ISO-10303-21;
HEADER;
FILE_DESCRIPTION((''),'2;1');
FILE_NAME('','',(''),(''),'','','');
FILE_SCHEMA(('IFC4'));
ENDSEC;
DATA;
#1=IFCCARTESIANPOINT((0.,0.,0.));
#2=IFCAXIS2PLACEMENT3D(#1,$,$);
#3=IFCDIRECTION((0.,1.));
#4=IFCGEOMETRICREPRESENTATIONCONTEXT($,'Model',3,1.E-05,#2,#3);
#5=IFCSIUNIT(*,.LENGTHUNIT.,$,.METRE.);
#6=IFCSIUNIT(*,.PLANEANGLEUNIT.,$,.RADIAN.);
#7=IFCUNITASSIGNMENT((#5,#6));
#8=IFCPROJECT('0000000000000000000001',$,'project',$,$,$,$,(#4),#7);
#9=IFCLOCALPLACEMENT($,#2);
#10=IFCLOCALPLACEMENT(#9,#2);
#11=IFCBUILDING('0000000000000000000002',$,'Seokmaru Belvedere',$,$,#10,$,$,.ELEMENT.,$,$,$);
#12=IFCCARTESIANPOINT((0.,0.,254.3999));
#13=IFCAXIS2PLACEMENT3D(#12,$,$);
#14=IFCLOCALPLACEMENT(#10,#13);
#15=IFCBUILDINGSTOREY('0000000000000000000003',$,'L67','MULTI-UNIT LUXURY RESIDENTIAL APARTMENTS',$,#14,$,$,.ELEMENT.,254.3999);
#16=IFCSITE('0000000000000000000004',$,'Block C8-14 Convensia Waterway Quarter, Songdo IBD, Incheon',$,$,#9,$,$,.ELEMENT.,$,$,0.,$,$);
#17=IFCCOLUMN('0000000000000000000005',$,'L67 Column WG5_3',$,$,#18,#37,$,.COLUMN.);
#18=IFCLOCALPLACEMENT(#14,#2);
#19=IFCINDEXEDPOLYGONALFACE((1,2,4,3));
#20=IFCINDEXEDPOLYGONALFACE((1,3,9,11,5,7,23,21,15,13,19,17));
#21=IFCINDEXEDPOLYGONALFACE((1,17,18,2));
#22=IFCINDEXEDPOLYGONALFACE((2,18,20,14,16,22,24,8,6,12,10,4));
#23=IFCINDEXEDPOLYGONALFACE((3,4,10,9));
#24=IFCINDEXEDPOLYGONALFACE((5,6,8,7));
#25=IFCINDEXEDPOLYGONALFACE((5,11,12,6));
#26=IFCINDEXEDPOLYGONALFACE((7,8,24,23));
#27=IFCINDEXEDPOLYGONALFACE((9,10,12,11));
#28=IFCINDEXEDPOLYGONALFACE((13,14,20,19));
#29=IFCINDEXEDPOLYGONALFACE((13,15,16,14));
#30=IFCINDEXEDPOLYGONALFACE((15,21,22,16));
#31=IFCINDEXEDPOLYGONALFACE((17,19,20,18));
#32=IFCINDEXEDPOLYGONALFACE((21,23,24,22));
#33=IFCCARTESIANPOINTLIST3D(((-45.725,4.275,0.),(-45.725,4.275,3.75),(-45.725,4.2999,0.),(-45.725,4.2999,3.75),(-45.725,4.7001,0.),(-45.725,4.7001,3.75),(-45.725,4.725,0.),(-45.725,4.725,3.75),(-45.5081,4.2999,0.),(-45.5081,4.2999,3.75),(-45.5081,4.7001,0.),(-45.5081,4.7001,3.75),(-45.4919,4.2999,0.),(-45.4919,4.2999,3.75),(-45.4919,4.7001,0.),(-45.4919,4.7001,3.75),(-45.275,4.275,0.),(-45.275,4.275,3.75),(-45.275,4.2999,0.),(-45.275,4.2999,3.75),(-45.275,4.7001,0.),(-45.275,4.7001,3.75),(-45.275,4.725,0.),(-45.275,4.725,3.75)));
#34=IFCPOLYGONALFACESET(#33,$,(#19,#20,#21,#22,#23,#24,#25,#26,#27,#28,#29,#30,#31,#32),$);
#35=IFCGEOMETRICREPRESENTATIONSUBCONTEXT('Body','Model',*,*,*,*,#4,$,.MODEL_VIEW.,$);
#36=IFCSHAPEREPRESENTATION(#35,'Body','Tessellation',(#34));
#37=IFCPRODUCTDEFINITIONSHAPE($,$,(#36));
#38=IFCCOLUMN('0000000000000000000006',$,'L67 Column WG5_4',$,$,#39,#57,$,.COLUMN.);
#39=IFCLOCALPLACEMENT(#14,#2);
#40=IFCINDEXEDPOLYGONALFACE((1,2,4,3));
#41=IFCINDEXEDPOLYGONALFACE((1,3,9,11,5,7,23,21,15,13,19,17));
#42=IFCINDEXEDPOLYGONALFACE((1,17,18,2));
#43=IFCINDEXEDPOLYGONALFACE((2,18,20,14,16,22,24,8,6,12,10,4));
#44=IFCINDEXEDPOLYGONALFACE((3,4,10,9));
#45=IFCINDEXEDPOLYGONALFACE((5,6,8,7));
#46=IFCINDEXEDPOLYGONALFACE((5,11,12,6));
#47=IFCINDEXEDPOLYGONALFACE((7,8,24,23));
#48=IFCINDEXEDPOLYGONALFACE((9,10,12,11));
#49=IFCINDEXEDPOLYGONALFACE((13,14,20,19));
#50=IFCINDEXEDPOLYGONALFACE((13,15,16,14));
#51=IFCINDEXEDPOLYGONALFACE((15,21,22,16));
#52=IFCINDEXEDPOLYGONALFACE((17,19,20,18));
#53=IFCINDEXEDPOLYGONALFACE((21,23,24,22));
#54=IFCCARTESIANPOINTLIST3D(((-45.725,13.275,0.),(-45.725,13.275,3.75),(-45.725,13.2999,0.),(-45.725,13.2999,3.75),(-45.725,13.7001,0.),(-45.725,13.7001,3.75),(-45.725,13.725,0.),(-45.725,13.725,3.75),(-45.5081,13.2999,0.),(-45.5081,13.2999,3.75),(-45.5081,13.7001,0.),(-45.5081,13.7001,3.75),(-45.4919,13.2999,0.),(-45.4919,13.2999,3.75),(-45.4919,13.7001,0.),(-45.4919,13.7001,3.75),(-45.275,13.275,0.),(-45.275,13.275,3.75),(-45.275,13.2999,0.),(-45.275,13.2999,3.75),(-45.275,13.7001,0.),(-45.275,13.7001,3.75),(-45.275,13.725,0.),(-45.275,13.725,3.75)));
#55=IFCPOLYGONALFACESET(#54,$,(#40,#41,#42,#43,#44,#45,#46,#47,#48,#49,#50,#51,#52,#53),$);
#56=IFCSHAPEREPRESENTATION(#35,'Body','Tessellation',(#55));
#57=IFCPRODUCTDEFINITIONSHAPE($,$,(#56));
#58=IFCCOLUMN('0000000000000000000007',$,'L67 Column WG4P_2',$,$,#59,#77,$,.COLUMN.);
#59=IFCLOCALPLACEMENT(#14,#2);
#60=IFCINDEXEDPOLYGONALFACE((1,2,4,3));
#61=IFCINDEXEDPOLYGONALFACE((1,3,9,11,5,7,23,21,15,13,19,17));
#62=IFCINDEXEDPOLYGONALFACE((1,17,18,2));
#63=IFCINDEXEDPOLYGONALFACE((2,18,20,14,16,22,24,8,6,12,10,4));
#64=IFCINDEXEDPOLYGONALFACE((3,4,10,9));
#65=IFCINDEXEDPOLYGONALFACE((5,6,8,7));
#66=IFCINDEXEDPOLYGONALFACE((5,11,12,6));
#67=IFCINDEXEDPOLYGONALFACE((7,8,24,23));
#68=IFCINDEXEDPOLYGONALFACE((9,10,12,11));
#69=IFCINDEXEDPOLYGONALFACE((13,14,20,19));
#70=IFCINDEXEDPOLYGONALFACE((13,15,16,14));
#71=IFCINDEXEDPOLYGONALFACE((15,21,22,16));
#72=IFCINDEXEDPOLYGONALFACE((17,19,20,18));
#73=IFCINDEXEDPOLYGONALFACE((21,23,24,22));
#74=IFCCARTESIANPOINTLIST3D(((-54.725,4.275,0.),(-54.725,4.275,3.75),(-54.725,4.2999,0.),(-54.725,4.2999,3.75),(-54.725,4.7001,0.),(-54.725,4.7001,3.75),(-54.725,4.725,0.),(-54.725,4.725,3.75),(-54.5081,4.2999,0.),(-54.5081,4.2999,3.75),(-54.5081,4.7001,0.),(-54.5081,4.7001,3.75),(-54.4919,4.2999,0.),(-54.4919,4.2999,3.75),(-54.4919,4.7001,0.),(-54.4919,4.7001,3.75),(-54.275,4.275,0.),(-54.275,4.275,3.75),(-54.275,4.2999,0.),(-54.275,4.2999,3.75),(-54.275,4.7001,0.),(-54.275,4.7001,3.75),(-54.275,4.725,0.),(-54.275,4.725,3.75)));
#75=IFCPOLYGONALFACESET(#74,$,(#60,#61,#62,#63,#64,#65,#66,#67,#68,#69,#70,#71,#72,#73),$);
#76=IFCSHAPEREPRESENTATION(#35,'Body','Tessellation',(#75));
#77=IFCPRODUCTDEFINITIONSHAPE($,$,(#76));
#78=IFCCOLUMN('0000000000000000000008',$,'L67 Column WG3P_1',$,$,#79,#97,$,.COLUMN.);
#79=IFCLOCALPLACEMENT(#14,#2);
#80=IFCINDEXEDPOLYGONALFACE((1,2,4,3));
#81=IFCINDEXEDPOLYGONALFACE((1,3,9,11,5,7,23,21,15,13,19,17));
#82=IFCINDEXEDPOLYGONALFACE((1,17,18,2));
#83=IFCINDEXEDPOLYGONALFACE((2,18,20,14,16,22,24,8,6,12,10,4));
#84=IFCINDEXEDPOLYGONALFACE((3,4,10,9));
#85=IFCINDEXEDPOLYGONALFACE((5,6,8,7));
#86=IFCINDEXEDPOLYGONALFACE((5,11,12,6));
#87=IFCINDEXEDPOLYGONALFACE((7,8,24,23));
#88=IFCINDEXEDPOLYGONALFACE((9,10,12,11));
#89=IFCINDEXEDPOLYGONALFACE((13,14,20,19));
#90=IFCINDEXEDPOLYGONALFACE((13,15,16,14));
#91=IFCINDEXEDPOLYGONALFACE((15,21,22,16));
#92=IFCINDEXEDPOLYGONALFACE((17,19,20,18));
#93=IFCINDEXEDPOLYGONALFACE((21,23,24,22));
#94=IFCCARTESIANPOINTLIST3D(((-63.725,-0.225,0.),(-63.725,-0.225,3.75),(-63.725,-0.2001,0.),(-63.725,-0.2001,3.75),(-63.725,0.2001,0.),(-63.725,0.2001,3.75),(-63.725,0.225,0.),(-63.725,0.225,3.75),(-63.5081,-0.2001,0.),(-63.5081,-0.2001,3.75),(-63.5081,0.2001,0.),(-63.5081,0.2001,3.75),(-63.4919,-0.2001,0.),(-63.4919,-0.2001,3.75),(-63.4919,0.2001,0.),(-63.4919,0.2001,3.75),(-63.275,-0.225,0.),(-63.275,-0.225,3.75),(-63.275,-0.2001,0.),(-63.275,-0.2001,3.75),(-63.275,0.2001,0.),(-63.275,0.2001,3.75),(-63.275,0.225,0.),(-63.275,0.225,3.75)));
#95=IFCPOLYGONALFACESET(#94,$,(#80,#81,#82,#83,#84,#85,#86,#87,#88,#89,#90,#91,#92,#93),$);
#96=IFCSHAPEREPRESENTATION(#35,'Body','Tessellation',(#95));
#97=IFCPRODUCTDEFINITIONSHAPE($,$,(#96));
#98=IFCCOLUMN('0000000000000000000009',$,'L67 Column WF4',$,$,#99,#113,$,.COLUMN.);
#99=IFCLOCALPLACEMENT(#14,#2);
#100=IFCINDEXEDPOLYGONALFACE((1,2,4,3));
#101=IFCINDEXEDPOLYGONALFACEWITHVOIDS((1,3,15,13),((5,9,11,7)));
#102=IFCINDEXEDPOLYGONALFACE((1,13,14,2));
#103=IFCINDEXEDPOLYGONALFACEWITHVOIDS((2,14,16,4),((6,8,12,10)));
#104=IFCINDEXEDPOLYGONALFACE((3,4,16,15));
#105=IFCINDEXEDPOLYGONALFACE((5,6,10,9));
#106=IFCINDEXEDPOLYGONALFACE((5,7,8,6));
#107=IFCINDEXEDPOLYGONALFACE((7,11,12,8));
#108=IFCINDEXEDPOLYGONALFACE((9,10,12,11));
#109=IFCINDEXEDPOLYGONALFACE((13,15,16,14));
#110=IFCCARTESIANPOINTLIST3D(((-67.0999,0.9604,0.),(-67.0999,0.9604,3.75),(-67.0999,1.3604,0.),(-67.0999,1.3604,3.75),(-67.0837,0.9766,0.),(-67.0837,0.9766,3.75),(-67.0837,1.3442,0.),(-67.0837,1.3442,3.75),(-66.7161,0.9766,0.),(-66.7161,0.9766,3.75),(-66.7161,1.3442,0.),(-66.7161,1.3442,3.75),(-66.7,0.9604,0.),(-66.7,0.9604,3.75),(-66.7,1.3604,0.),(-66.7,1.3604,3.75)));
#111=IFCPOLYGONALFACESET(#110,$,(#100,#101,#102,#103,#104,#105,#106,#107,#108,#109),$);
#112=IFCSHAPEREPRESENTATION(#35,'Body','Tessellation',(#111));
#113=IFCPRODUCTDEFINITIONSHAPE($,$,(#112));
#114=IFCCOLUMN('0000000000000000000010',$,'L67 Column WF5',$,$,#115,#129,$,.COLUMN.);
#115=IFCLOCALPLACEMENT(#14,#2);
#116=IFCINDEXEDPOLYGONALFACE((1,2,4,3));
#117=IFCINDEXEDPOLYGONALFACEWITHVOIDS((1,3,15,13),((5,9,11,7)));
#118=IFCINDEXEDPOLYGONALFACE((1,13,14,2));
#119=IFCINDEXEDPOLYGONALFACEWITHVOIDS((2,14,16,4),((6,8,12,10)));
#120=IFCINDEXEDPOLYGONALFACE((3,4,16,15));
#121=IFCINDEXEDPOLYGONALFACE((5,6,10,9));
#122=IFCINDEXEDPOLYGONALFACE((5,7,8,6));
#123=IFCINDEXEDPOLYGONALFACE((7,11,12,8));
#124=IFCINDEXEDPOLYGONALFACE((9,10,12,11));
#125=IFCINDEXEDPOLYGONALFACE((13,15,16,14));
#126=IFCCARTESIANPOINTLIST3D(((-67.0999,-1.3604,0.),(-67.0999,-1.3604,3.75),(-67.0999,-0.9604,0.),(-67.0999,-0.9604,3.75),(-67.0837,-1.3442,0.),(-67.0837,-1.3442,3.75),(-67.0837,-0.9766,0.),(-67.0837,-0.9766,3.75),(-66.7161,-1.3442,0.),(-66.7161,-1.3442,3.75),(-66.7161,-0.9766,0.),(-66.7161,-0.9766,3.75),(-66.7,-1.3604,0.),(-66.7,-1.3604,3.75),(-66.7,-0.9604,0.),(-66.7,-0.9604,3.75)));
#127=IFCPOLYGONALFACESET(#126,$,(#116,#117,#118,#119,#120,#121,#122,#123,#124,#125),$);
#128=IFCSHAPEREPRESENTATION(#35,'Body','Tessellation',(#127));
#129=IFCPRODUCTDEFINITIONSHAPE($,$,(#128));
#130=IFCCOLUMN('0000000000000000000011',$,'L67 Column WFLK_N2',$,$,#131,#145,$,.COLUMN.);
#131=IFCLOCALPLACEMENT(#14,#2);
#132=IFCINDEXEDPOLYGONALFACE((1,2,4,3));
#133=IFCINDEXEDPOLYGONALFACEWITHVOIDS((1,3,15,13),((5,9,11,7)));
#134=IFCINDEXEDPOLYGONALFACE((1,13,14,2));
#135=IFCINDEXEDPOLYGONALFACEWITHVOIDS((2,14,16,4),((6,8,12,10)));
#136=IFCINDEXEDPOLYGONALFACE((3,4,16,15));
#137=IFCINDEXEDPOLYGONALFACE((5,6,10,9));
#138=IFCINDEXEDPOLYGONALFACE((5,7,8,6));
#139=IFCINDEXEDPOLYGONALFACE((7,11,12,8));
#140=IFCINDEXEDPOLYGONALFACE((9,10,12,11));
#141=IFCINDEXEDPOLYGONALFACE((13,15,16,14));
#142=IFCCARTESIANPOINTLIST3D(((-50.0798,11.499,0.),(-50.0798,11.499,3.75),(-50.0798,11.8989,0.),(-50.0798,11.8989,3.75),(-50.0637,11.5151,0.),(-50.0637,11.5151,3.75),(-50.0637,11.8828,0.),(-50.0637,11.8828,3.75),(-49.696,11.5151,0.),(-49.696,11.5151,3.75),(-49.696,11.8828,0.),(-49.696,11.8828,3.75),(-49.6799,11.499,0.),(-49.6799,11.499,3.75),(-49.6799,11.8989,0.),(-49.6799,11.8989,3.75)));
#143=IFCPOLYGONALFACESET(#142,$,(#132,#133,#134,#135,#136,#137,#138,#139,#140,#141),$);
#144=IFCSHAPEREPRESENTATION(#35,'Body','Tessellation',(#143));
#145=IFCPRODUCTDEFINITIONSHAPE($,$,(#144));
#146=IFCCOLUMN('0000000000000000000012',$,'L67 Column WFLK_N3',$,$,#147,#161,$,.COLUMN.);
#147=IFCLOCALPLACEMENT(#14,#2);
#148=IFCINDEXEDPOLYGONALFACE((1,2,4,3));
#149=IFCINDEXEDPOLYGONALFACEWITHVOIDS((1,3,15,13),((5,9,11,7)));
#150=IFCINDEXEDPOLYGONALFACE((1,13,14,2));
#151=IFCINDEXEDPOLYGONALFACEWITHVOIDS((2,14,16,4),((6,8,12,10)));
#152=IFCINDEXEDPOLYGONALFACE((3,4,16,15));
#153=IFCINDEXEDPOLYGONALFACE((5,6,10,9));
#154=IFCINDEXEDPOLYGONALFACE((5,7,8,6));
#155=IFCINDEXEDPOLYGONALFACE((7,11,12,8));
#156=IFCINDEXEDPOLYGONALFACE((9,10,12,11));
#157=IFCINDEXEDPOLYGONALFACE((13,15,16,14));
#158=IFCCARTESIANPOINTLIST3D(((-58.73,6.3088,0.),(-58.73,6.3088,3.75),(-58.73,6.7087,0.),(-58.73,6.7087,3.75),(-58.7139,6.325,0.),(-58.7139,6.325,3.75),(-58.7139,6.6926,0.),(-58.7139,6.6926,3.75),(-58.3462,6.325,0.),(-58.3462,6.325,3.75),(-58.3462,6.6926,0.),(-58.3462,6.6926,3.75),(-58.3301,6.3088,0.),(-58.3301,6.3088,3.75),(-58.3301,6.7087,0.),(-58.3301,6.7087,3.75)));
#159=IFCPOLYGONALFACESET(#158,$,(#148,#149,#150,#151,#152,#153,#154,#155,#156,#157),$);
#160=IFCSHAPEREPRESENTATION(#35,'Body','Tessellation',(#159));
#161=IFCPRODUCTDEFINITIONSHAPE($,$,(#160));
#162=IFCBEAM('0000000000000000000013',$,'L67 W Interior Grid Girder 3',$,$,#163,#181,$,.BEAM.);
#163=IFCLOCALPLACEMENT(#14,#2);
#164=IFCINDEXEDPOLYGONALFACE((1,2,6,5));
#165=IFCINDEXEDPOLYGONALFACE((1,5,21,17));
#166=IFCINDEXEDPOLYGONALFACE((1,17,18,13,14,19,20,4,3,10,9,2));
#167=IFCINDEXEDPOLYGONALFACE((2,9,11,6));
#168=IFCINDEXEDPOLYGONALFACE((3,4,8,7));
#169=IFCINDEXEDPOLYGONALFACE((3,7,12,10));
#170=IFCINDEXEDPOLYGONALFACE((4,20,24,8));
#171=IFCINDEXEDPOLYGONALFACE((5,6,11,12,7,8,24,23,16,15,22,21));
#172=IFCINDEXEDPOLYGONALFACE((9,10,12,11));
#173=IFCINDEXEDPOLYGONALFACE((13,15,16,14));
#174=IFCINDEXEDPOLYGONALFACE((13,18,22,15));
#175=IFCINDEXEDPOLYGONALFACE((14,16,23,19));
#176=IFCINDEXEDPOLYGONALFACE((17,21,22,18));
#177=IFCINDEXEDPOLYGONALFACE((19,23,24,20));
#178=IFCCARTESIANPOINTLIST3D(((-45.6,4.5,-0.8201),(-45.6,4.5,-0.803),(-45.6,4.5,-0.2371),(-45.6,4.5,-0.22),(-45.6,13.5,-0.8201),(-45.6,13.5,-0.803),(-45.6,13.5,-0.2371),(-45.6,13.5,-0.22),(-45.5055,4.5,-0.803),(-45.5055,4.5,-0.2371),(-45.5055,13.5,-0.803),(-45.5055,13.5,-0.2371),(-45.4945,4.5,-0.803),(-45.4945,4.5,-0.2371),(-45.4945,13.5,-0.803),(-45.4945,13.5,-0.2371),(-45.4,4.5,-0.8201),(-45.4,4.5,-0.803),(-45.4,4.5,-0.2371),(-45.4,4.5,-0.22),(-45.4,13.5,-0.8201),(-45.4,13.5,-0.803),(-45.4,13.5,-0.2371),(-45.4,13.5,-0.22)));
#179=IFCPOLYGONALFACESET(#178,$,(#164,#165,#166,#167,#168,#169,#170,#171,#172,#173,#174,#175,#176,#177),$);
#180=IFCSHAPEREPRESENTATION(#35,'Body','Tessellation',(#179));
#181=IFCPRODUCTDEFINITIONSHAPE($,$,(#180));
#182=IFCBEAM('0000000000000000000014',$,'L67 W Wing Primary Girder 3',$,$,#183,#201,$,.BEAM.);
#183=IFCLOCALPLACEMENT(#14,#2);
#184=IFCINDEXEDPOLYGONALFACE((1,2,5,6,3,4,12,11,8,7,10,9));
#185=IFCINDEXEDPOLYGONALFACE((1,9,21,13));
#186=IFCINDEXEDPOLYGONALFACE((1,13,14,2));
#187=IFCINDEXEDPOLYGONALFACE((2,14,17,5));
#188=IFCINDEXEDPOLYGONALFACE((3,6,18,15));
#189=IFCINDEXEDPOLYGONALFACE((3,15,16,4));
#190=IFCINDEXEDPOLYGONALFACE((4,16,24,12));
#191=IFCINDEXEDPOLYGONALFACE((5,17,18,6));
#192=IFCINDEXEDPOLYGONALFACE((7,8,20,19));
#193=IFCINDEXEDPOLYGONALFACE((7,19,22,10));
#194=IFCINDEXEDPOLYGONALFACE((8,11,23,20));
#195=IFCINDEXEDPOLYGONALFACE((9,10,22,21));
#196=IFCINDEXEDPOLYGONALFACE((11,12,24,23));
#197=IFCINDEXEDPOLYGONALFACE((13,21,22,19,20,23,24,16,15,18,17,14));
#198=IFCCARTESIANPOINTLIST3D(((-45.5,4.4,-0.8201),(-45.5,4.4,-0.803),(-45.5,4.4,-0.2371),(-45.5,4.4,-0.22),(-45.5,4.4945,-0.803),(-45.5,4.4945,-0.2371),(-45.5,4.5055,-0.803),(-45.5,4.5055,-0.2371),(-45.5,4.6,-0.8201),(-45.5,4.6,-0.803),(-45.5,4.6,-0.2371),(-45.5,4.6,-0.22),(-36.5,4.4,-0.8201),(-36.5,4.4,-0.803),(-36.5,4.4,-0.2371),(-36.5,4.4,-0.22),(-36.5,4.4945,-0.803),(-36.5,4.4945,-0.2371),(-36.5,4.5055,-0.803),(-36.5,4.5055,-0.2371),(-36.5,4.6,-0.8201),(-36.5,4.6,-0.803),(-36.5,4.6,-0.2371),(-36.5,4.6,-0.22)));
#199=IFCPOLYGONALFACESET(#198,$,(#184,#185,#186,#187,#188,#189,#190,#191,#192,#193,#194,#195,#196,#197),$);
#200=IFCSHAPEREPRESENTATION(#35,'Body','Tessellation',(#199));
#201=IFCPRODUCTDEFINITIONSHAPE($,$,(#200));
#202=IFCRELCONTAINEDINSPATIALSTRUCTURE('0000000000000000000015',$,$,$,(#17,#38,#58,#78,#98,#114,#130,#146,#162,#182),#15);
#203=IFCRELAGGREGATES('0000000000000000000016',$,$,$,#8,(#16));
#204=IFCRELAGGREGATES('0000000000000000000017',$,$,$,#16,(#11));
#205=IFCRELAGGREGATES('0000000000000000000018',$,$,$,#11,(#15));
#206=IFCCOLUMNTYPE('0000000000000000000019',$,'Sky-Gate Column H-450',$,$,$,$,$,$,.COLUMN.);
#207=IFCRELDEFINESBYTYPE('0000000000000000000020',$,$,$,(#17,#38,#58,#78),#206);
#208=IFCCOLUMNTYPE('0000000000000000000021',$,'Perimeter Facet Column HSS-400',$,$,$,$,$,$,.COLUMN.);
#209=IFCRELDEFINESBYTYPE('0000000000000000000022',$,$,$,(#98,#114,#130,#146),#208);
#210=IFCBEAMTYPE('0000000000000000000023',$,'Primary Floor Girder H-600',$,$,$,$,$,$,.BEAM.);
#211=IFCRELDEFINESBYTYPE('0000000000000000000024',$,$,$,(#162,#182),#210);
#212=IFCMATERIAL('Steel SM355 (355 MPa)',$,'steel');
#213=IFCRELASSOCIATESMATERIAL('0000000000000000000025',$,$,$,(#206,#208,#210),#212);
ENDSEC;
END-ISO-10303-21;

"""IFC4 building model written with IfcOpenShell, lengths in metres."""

from ifc_helpers import new_model, si_unit, direction, frame, origin, origin_2d, place, context, subcontext, project, spatial, hollow_rectangle, i_section, extrude, source, transform, mapped, material, material_profile, profile_set, type_object, type_shapes, element, save


model = new_model("IFC4")

# Units and contexts
model_context = context("Model", 3, precision=1e-05, world=origin(), true_north=direction((0.0, 1.0)))
body_context = subcontext(model_context, "Body", "Model", "MODEL_VIEW")
ifc_project = project(units=[si_unit("LENGTHUNIT", "METRE"), si_unit("PLANEANGLEUNIT", "RADIAN")], contexts=[model_context])

# Site, building, storey
site_placement = place(None, origin())
site = spatial("IfcSite", under=ifc_project, at=site_placement, Name="Block C8-14 Convensia Waterway Quarter, Songdo IBD, Incheon", CompositionType="ELEMENT", RefElevation=0.0)
building_placement = place(site_placement, origin())
building = spatial("IfcBuilding", under=site, at=building_placement, Name="Seokmaru Belvedere", CompositionType="ELEMENT")
storey_placement = place(building_placement, frame((0.0, 0.0, 254.3999)))
storey = spatial("IfcBuildingStorey", under=building, at=storey_placement, Name="L67", Description="MULTI-UNIT LUXURY RESIDENTIAL APARTMENTS", CompositionType="ELEMENT", Elevation=254.3999)

# Columns
ifc_material_1 = material(Name="Steel SM355 (355 MPa)", Category="steel")
ifc_material_profile_1 = material_profile(ifc_material_1, i_section(OverallWidth=0.45, OverallDepth=0.45, WebThickness=0.0161, FlangeThickness=0.0249, at=origin_2d()), Name="H-450x450x16x25")
ifc_profile_set_1 = profile_set([ifc_material_profile_1], Name="Steel SM355 (355 MPa)")
column_type_1 = type_object("IfcColumnType", Name="Sky-Gate Column H-450", PredefinedType="COLUMN", material=ifc_profile_set_1)
shared_shape_1 = source(origin(), body_context, "Body", "SweptSolid", [
    extrude(i_section(OverallWidth=0.45, OverallDepth=0.45, WebThickness=0.0161, FlangeThickness=0.0249, at=origin_2d()), origin(), (0.0, 0.0, 1.0), 3.75),
])
type_shapes(column_type_1, [shared_shape_1])
for number, where, z_axis, x_axis, name in (
    (1, (-45.5, 4.5, 0.0), (0.0, 0.0, 1.0), (1.0, 0.0, 0.0), "L67 Column WG5_3"),
    (2, (-45.5, 13.5, 0.0), (0.0, 0.0, 1.0), (1.0, 0.0, 0.0), "L67 Column WG5_4"),
    (3, (-54.5, 4.5, 0.0), (0.0, 0.0, 1.0), (1.0, 0.0, 0.0), "L67 Column WG4P_2"),
    (4, (-63.5, 0.0, 0.0), (0.0, 0.0, 1.0), (1.0, 0.0, 0.0), "L67 Column WG3P_1"),
):
    element("IfcColumn", number, at=place(storey_placement, frame(where, z_axis=z_axis, x_axis=x_axis)), inside=storey, type_object=column_type_1, Name=name, PredefinedType="COLUMN", context=body_context, shape_type="MappedRepresentation", body=[
        mapped(shared_shape_1, transform((0.0, 0.0, 0.0), scale=1.0)),
    ])
ifc_material_profile_2 = material_profile(ifc_material_1, hollow_rectangle(XDim=0.3999, YDim=0.3999, WallThickness=0.0161, at=origin_2d()), Name="HSS-400x400x16")
ifc_profile_set_2 = profile_set([ifc_material_profile_2], Name="Steel SM355 (355 MPa)")
column_type_2 = type_object("IfcColumnType", Name="Perimeter Facet Column HSS-400", PredefinedType="COLUMN", material=ifc_profile_set_2)
shared_shape_2 = source(origin(), body_context, "Body", "SweptSolid", [
    extrude(hollow_rectangle(XDim=0.3999, YDim=0.3999, WallThickness=0.0161, at=origin_2d()), origin(), (0.0, 0.0, 1.0), 3.75),
])
type_shapes(column_type_2, [shared_shape_2])
for number, where, z_axis, x_axis, name in (
    (5, (-66.8999, 1.1604, 0.0), (0.0, 0.0, 1.0), (1.0, 0.0, 0.0), "L67 Column WF4"),
    (6, (-66.8999, -1.1604, 0.0), (0.0, 0.0, 1.0), (1.0, 0.0, 0.0), "L67 Column WF5"),
    (7, (-49.8799, 11.699, 0.0), (0.0, 0.0, 1.0), (1.0, 0.0, 0.0), "L67 Column WFLK_N2"),
    (8, (-58.53, 6.5088, 0.0), (0.0, 0.0, 1.0), (1.0, 0.0, 0.0), "L67 Column WFLK_N3"),
):
    element("IfcColumn", number, at=place(storey_placement, frame(where, z_axis=z_axis, x_axis=x_axis)), inside=storey, type_object=column_type_2, Name=name, PredefinedType="COLUMN", context=body_context, shape_type="MappedRepresentation", body=[
        mapped(shared_shape_2, transform((0.0, 0.0, 0.0), scale=1.0)),
    ])

# Beams
ifc_material_profile_3 = material_profile(ifc_material_1, i_section(OverallWidth=0.2, OverallDepth=0.6001, WebThickness=0.011, FlangeThickness=0.0171, at=origin_2d()), Name="H-600x200x11x17")
ifc_profile_set_3 = profile_set([ifc_material_profile_3], Name="Steel SM355 (355 MPa)")
beam_type_1 = type_object("IfcBeamType", Name="Primary Floor Girder H-600", PredefinedType="BEAM", material=ifc_profile_set_3)
shared_shape_3 = source(origin(), body_context, "Body", "SweptSolid", [
    extrude(i_section(OverallWidth=0.2, OverallDepth=0.6001, WebThickness=0.011, FlangeThickness=0.0171, at=origin_2d()), origin(), (0.0, 0.0, 1.0), 9.0),
])
for number, where, z_axis, x_axis, name in (
    (9, (-45.5, 4.5, -0.52), (0.0, 1.0, 0.0), (-1.0, 0.0, 0.0), "L67 W Interior Grid Girder 3"),
    (10, (-45.5, 4.5, -0.52), (1.0, 0.0, 0.0), (0.0, 1.0, 0.0), "L67 W Wing Primary Girder 3"),
):
    element("IfcBeam", number, at=place(storey_placement, frame(where, z_axis=z_axis, x_axis=x_axis)), inside=storey, type_object=beam_type_1, Name=name, PredefinedType="BEAM", context=body_context, shape_type="MappedRepresentation", body=[
        mapped(shared_shape_3, transform((0.0, 0.0, 0.0), scale=1.0)),
    ])

save(model, "model.ifc")
